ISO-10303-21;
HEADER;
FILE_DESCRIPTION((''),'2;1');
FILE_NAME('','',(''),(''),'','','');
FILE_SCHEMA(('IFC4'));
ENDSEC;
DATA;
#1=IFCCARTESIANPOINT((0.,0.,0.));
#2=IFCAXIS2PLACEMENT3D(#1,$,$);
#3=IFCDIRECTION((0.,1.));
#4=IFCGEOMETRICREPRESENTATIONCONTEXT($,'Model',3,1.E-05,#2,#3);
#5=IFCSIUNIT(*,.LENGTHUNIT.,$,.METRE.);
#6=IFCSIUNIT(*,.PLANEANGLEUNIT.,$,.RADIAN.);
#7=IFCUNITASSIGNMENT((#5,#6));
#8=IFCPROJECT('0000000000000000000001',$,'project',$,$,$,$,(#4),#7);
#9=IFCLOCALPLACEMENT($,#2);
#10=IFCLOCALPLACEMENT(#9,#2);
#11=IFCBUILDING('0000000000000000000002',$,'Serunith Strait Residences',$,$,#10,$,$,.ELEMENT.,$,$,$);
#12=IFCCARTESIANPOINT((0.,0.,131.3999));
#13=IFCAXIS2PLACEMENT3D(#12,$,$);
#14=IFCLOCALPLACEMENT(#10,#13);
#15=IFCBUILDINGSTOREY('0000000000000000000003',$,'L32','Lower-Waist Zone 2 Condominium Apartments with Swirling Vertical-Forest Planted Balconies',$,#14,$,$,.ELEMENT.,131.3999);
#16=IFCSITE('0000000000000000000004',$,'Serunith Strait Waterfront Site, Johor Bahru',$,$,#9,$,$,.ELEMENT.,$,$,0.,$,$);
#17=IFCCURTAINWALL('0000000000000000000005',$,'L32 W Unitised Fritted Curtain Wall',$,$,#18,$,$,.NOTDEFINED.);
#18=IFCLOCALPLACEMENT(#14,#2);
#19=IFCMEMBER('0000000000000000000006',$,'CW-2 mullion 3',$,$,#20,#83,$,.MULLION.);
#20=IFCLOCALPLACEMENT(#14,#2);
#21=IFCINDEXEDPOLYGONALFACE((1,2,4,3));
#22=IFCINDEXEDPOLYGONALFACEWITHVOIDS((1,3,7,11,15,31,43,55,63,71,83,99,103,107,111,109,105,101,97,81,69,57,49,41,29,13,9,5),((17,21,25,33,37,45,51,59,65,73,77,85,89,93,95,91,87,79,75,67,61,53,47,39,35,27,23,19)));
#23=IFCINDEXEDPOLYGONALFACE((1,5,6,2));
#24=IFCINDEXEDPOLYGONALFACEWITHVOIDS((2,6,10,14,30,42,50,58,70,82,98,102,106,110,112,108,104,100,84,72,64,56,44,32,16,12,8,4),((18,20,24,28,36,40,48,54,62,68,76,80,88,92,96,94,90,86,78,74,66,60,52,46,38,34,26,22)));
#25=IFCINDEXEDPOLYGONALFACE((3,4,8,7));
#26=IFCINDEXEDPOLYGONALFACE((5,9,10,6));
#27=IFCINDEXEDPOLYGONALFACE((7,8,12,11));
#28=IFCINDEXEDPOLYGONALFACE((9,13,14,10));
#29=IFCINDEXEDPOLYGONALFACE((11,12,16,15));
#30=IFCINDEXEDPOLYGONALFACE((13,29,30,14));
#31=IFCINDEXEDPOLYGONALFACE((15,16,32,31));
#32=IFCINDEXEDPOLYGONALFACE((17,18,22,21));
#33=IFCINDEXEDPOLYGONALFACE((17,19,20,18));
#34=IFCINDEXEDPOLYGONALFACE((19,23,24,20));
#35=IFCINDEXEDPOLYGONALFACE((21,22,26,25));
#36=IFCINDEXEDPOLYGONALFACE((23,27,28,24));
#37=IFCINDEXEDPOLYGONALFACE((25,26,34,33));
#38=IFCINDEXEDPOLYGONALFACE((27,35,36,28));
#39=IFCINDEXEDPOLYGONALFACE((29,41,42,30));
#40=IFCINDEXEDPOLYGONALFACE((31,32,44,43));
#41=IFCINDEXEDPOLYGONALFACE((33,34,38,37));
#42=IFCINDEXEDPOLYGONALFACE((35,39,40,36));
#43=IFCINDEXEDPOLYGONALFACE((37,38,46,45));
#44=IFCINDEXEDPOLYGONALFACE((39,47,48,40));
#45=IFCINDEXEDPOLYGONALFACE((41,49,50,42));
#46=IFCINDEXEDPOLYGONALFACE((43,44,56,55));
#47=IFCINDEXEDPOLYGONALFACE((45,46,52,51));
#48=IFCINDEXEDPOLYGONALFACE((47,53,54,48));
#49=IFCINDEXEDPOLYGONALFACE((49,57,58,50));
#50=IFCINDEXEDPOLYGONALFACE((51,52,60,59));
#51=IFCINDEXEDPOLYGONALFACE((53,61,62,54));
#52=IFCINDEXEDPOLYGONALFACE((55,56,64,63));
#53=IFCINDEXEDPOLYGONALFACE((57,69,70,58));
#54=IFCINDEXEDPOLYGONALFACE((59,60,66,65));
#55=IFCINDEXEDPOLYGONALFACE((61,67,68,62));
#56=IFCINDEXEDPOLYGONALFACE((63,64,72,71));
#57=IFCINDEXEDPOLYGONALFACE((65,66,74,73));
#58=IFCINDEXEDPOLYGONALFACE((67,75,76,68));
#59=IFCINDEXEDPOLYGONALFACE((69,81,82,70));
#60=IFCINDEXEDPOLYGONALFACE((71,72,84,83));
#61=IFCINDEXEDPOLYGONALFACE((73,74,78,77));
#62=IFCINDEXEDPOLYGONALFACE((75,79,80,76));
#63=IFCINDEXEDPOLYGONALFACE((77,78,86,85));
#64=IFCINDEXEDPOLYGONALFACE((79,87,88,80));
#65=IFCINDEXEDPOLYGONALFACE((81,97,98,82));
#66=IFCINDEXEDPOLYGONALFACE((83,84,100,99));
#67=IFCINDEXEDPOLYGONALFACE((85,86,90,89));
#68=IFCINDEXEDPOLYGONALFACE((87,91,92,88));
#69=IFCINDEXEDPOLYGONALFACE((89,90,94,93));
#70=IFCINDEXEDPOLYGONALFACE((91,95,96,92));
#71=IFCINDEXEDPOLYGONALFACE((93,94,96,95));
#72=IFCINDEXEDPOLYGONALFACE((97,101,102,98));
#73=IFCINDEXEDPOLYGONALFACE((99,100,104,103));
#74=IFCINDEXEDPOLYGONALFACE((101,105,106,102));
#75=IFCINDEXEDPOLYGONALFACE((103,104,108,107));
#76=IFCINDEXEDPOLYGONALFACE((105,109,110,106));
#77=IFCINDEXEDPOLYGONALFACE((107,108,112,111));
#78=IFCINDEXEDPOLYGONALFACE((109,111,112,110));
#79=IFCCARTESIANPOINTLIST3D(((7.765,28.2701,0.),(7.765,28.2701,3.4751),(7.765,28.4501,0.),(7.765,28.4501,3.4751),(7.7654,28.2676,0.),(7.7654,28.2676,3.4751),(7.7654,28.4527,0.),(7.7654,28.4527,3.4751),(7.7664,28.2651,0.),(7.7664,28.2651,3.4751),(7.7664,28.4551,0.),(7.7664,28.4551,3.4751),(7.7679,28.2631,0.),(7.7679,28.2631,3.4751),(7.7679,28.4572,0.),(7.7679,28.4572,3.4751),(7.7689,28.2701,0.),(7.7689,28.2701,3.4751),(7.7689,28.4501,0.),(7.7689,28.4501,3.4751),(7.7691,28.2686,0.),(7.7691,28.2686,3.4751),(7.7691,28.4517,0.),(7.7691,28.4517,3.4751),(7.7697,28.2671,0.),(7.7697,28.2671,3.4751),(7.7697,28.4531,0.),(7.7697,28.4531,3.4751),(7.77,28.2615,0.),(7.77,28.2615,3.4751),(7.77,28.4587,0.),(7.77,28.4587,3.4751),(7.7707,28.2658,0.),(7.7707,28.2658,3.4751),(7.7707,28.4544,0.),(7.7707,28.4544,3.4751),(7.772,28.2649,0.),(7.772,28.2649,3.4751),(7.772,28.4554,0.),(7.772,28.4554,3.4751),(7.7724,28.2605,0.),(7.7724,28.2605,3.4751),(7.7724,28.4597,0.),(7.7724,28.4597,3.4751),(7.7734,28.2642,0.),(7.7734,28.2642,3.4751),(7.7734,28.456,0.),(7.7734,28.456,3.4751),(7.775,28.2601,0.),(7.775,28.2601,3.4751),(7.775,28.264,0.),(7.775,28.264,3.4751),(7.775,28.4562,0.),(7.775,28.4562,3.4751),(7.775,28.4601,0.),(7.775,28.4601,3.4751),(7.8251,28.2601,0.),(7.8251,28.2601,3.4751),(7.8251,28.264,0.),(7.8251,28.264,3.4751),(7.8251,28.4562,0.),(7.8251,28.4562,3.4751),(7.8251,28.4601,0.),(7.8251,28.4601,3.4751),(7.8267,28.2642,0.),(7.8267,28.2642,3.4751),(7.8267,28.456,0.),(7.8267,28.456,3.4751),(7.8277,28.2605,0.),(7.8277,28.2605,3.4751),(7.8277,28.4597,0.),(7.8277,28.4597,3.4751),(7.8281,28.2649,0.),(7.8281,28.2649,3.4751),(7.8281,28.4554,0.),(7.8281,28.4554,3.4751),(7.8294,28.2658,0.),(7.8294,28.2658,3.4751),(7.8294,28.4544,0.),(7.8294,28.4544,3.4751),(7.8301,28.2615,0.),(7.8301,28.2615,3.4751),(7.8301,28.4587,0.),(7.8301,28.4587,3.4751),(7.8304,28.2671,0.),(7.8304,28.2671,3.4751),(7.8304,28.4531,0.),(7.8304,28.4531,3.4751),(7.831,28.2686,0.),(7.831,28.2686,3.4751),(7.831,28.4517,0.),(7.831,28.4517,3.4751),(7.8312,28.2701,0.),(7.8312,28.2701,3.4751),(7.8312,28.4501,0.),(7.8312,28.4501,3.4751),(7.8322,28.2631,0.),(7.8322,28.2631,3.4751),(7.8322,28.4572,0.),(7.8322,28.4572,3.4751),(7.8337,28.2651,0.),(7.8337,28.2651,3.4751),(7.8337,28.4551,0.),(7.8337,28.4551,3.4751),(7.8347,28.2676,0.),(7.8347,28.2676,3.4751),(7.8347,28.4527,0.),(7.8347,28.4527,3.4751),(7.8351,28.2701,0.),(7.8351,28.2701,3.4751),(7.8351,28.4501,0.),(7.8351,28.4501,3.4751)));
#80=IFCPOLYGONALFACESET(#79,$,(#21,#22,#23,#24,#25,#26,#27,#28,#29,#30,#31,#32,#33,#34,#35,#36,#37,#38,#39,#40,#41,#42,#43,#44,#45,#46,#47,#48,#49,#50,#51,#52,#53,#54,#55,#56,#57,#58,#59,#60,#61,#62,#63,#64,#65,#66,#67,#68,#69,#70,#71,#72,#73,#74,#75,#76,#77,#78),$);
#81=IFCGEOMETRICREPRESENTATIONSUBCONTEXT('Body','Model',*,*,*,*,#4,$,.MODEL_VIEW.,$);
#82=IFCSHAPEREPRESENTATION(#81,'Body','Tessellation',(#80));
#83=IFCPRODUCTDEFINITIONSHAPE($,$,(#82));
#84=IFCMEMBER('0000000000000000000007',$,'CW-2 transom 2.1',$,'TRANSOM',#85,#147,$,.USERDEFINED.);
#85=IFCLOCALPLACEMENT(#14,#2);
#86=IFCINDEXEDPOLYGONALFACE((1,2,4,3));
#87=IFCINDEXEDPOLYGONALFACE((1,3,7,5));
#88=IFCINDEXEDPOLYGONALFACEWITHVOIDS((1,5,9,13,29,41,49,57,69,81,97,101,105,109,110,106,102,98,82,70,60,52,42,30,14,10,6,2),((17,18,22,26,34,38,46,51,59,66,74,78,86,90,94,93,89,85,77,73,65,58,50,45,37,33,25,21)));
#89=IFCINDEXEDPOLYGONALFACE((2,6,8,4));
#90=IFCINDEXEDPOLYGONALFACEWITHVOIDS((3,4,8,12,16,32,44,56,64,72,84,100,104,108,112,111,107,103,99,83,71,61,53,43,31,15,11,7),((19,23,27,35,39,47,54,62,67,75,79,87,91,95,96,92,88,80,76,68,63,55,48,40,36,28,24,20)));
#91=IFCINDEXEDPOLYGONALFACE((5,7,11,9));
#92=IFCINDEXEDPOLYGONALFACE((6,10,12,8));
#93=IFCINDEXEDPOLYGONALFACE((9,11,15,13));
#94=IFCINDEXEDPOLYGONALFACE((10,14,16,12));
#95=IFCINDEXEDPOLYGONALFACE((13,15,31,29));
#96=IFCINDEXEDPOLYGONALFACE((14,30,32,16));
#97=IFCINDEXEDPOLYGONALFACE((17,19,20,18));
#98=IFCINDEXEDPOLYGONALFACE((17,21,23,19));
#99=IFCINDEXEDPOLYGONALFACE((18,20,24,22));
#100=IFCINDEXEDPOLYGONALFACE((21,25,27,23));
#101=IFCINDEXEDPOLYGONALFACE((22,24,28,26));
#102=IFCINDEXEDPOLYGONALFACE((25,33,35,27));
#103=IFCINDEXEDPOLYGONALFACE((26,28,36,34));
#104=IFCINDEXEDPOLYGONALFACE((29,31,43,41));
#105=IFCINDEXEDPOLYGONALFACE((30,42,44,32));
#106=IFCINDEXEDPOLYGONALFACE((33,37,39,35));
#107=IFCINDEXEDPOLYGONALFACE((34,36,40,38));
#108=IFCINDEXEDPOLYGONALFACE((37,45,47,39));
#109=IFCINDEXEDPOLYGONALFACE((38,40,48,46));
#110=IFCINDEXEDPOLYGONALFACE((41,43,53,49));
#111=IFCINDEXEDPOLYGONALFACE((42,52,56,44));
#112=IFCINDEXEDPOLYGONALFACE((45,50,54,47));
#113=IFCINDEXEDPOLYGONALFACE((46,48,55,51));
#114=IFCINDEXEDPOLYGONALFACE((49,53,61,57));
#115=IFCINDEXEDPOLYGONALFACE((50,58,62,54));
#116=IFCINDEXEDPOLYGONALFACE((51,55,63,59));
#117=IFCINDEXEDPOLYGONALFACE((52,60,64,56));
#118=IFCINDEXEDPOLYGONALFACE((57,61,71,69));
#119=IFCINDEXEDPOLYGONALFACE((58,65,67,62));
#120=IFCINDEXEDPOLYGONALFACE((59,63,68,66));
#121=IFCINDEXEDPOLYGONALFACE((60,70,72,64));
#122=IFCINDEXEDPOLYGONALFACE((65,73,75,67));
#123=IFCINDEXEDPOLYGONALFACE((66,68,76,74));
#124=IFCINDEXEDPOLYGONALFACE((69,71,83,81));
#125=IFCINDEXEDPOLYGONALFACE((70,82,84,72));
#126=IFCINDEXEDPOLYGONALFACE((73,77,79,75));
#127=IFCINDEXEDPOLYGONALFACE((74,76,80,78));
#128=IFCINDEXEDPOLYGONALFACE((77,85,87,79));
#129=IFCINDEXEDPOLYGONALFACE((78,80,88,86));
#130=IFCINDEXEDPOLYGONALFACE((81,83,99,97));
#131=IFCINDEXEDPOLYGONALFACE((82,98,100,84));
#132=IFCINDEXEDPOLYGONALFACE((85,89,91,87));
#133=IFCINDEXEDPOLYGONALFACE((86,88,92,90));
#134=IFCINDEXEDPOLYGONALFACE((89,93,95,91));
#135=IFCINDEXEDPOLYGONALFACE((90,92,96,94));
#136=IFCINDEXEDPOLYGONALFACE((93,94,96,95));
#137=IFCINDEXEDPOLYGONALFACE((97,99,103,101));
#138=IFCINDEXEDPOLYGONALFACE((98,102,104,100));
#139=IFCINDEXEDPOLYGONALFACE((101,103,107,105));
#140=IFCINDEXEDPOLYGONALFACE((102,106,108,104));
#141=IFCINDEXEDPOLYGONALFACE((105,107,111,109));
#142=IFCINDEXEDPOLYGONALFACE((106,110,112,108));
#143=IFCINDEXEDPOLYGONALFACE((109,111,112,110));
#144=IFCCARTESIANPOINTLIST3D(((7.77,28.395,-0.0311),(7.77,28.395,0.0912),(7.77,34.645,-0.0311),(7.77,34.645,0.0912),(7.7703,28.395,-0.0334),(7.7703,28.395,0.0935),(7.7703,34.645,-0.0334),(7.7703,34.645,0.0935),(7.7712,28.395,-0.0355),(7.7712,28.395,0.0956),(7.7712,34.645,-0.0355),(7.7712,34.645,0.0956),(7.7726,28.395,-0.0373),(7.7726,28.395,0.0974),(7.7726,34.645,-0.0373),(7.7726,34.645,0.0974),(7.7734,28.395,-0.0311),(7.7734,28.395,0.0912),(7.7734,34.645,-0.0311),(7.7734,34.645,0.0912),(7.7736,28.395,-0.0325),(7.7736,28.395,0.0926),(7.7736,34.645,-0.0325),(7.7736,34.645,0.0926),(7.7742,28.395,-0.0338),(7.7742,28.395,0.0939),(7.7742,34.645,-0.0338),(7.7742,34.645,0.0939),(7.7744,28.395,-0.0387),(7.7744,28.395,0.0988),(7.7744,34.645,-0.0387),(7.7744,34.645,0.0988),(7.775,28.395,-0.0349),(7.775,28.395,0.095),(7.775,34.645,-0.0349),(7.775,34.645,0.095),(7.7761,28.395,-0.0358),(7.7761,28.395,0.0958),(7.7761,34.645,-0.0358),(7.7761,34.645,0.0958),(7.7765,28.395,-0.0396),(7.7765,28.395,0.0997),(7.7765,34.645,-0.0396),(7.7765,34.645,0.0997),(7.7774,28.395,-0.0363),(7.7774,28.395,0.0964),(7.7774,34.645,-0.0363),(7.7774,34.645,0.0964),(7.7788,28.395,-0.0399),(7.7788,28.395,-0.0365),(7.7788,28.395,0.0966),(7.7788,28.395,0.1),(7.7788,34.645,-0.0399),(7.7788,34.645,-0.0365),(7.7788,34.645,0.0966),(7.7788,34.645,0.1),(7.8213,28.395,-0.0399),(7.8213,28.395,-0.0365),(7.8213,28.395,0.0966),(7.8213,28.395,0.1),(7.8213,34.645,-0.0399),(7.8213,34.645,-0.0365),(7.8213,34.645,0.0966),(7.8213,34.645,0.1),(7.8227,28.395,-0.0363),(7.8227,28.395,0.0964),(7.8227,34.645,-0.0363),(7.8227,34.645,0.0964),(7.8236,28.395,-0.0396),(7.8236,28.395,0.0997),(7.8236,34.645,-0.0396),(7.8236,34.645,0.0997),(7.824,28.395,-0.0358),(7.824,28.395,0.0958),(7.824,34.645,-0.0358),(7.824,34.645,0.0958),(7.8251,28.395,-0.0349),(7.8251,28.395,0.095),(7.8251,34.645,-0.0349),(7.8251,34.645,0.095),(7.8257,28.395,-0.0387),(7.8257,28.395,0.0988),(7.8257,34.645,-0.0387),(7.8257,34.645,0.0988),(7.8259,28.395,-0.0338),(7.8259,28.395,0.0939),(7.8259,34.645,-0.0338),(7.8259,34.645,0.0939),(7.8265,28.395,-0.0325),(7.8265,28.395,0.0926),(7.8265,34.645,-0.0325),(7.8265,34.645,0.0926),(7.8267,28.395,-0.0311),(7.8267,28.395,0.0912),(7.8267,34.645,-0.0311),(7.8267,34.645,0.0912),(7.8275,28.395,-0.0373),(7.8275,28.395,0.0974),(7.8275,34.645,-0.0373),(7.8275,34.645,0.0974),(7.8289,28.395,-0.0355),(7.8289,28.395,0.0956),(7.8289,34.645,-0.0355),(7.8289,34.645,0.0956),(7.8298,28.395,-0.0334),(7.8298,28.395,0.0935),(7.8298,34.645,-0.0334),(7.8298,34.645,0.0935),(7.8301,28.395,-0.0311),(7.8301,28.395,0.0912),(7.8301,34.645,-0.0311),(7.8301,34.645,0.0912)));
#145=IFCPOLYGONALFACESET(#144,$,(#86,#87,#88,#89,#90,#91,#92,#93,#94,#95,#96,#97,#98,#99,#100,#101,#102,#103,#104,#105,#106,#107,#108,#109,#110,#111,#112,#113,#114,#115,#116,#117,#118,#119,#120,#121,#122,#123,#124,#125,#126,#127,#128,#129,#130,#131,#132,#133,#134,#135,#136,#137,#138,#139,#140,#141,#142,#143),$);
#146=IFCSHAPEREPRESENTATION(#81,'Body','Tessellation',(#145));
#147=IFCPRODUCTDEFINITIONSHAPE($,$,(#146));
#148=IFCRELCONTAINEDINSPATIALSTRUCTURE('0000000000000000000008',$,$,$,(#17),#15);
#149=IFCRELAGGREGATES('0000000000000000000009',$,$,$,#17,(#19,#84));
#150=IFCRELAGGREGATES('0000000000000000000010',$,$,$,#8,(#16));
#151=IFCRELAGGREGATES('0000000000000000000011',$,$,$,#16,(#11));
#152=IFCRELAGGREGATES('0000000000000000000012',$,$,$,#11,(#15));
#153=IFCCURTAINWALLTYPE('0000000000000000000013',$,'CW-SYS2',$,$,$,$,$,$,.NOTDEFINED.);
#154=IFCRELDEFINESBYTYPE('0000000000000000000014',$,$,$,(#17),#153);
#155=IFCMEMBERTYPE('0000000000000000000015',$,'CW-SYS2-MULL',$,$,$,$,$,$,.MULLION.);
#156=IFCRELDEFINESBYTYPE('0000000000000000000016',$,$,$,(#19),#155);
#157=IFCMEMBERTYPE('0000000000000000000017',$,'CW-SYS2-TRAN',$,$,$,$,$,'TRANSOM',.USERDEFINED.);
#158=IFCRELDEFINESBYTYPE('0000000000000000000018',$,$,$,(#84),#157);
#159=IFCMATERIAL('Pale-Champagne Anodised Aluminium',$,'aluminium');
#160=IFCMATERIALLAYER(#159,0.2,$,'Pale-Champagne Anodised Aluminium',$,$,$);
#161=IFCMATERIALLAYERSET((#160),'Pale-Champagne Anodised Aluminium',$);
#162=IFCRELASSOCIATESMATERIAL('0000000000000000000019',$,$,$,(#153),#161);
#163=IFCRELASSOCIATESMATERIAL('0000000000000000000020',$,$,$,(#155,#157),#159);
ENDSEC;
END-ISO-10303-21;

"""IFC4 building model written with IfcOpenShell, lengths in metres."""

from ifc_helpers import new_model, si_unit, direction, frame, origin, origin_2d, place, context, subcontext, project, spatial, hollow_rectangle, extrude, source, transform, mapped, material, layer, layer_set, material_profile, profile_set, type_object, element, aggregate, save


model = new_model("IFC4")

# Units and contexts
model_context = context("Model", 3, precision=1e-05, world=origin(), true_north=direction((0.0, 1.0)))
body_context = subcontext(model_context, "Body", "Model", "MODEL_VIEW")
ifc_project = project(units=[si_unit("LENGTHUNIT", "METRE"), si_unit("PLANEANGLEUNIT", "RADIAN")], contexts=[model_context])

# Site, building, storey
site_placement = place(None, origin())
site = spatial("IfcSite", under=ifc_project, at=site_placement, Name="Serunith Strait Waterfront Site, Johor Bahru", CompositionType="ELEMENT", RefElevation=0.0)
building_placement = place(site_placement, origin())
building = spatial("IfcBuilding", under=site, at=building_placement, Name="Serunith Strait Residences", CompositionType="ELEMENT")
storey_placement = place(building_placement, frame((0.0, 0.0, 131.3999)))
storey = spatial("IfcBuildingStorey", under=building, at=storey_placement, Name="L32", Description="Lower-Waist Zone 2 Condominium Apartments with Swirling Vertical-Forest Planted Balconies", CompositionType="ELEMENT", Elevation=131.3999)

# Curtain wall, members
ifc_material_1 = material(Name="Pale-Champagne Anodised Aluminium", Category="aluminium")
ifc_layer_1 = layer(ifc_material_1, 0.2, Name="Pale-Champagne Anodised Aluminium")
ifc_layer_set_1 = layer_set([ifc_layer_1], Name="Pale-Champagne Anodised Aluminium")
curtain_wall_type = type_object("IfcCurtainWallType", Name="CW-SYS2", PredefinedType="NOTDEFINED", material=ifc_layer_set_1)
curtain_wall_placement = place(storey_placement, origin())
curtain_wall = element("IfcCurtainWall", 1, at=curtain_wall_placement, inside=storey, type_object=curtain_wall_type, Name="L32 W Unitised Fritted Curtain Wall", PredefinedType="NOTDEFINED")
ifc_material_profile_1 = material_profile(ifc_material_1, hollow_rectangle(XDim=0.0701, YDim=0.2, WallThickness=0.0039, InnerFilletRadius=0.0061, OuterFilletRadius=0.01, at=origin_2d()), Name="ALU 200x70x4")
ifc_profile_set_1 = profile_set([ifc_material_profile_1], Name="Pale-Champagne Anodised Aluminium")
member_type_1 = type_object("IfcMemberType", Name="CW-SYS2-MULL", PredefinedType="MULLION", material=ifc_profile_set_1)
shared_shape_1 = source(origin(), body_context, "Body", "SweptSolid", [
    extrude(hollow_rectangle(XDim=0.0701, YDim=0.2, WallThickness=0.0039, InnerFilletRadius=0.0061, OuterFilletRadius=0.01, at=origin_2d()), origin(), (0.0, 0.0, 1.0), 3.4751),
])
member_1_placement = place(storey_placement, frame((7.8, 28.3601, 0.0), z_axis=(0.0, 0.0, 1.0), x_axis=(1.0, 0.0, 0.0)))
member_1 = element("IfcMember", 2, at=member_1_placement, type_object=member_type_1, Name="CW-2 mullion 3", PredefinedType="MULLION", context=body_context, shape_type="MappedRepresentation", body=[
    mapped(shared_shape_1, transform((0.0, 0.0, 0.0), scale=1.0)),
])
ifc_material_profile_2 = material_profile(ifc_material_1, hollow_rectangle(XDim=0.0601, YDim=0.1399, WallThickness=0.0034, InnerFilletRadius=0.0054, OuterFilletRadius=0.0088, at=origin_2d()), Name="ALU 140x60x3.5")
ifc_profile_set_2 = profile_set([ifc_material_profile_2], Name="Pale-Champagne Anodised Aluminium")
member_type_2 = type_object("IfcMemberType", Name="CW-SYS2-TRAN", ElementType="TRANSOM", PredefinedType="USERDEFINED", material=ifc_profile_set_2)
shared_shape_2 = source(origin(), body_context, "Body", "SweptSolid", [
    extrude(hollow_rectangle(XDim=0.0601, YDim=0.1399, WallThickness=0.0034, InnerFilletRadius=0.0054, OuterFilletRadius=0.0088, at=origin_2d()), origin(), (0.0, 0.0, 1.0), 6.25),
])
member_2_placement = place(storey_placement, frame((7.8, 34.645, 0.03), z_axis=(0.0, -1.0, 0.0), x_axis=(1.0, 0.0, 0.0)))
member_2 = element("IfcMember", 3, at=member_2_placement, type_object=member_type_2, Name="CW-2 transom 2.1", ObjectType="TRANSOM", PredefinedType="USERDEFINED", context=body_context, shape_type="MappedRepresentation", body=[
    mapped(shared_shape_2, transform((0.0, 0.0, 0.0), scale=1.0)),
])
aggregate(curtain_wall, [member_1, member_2])

save(model, "model.ifc")
